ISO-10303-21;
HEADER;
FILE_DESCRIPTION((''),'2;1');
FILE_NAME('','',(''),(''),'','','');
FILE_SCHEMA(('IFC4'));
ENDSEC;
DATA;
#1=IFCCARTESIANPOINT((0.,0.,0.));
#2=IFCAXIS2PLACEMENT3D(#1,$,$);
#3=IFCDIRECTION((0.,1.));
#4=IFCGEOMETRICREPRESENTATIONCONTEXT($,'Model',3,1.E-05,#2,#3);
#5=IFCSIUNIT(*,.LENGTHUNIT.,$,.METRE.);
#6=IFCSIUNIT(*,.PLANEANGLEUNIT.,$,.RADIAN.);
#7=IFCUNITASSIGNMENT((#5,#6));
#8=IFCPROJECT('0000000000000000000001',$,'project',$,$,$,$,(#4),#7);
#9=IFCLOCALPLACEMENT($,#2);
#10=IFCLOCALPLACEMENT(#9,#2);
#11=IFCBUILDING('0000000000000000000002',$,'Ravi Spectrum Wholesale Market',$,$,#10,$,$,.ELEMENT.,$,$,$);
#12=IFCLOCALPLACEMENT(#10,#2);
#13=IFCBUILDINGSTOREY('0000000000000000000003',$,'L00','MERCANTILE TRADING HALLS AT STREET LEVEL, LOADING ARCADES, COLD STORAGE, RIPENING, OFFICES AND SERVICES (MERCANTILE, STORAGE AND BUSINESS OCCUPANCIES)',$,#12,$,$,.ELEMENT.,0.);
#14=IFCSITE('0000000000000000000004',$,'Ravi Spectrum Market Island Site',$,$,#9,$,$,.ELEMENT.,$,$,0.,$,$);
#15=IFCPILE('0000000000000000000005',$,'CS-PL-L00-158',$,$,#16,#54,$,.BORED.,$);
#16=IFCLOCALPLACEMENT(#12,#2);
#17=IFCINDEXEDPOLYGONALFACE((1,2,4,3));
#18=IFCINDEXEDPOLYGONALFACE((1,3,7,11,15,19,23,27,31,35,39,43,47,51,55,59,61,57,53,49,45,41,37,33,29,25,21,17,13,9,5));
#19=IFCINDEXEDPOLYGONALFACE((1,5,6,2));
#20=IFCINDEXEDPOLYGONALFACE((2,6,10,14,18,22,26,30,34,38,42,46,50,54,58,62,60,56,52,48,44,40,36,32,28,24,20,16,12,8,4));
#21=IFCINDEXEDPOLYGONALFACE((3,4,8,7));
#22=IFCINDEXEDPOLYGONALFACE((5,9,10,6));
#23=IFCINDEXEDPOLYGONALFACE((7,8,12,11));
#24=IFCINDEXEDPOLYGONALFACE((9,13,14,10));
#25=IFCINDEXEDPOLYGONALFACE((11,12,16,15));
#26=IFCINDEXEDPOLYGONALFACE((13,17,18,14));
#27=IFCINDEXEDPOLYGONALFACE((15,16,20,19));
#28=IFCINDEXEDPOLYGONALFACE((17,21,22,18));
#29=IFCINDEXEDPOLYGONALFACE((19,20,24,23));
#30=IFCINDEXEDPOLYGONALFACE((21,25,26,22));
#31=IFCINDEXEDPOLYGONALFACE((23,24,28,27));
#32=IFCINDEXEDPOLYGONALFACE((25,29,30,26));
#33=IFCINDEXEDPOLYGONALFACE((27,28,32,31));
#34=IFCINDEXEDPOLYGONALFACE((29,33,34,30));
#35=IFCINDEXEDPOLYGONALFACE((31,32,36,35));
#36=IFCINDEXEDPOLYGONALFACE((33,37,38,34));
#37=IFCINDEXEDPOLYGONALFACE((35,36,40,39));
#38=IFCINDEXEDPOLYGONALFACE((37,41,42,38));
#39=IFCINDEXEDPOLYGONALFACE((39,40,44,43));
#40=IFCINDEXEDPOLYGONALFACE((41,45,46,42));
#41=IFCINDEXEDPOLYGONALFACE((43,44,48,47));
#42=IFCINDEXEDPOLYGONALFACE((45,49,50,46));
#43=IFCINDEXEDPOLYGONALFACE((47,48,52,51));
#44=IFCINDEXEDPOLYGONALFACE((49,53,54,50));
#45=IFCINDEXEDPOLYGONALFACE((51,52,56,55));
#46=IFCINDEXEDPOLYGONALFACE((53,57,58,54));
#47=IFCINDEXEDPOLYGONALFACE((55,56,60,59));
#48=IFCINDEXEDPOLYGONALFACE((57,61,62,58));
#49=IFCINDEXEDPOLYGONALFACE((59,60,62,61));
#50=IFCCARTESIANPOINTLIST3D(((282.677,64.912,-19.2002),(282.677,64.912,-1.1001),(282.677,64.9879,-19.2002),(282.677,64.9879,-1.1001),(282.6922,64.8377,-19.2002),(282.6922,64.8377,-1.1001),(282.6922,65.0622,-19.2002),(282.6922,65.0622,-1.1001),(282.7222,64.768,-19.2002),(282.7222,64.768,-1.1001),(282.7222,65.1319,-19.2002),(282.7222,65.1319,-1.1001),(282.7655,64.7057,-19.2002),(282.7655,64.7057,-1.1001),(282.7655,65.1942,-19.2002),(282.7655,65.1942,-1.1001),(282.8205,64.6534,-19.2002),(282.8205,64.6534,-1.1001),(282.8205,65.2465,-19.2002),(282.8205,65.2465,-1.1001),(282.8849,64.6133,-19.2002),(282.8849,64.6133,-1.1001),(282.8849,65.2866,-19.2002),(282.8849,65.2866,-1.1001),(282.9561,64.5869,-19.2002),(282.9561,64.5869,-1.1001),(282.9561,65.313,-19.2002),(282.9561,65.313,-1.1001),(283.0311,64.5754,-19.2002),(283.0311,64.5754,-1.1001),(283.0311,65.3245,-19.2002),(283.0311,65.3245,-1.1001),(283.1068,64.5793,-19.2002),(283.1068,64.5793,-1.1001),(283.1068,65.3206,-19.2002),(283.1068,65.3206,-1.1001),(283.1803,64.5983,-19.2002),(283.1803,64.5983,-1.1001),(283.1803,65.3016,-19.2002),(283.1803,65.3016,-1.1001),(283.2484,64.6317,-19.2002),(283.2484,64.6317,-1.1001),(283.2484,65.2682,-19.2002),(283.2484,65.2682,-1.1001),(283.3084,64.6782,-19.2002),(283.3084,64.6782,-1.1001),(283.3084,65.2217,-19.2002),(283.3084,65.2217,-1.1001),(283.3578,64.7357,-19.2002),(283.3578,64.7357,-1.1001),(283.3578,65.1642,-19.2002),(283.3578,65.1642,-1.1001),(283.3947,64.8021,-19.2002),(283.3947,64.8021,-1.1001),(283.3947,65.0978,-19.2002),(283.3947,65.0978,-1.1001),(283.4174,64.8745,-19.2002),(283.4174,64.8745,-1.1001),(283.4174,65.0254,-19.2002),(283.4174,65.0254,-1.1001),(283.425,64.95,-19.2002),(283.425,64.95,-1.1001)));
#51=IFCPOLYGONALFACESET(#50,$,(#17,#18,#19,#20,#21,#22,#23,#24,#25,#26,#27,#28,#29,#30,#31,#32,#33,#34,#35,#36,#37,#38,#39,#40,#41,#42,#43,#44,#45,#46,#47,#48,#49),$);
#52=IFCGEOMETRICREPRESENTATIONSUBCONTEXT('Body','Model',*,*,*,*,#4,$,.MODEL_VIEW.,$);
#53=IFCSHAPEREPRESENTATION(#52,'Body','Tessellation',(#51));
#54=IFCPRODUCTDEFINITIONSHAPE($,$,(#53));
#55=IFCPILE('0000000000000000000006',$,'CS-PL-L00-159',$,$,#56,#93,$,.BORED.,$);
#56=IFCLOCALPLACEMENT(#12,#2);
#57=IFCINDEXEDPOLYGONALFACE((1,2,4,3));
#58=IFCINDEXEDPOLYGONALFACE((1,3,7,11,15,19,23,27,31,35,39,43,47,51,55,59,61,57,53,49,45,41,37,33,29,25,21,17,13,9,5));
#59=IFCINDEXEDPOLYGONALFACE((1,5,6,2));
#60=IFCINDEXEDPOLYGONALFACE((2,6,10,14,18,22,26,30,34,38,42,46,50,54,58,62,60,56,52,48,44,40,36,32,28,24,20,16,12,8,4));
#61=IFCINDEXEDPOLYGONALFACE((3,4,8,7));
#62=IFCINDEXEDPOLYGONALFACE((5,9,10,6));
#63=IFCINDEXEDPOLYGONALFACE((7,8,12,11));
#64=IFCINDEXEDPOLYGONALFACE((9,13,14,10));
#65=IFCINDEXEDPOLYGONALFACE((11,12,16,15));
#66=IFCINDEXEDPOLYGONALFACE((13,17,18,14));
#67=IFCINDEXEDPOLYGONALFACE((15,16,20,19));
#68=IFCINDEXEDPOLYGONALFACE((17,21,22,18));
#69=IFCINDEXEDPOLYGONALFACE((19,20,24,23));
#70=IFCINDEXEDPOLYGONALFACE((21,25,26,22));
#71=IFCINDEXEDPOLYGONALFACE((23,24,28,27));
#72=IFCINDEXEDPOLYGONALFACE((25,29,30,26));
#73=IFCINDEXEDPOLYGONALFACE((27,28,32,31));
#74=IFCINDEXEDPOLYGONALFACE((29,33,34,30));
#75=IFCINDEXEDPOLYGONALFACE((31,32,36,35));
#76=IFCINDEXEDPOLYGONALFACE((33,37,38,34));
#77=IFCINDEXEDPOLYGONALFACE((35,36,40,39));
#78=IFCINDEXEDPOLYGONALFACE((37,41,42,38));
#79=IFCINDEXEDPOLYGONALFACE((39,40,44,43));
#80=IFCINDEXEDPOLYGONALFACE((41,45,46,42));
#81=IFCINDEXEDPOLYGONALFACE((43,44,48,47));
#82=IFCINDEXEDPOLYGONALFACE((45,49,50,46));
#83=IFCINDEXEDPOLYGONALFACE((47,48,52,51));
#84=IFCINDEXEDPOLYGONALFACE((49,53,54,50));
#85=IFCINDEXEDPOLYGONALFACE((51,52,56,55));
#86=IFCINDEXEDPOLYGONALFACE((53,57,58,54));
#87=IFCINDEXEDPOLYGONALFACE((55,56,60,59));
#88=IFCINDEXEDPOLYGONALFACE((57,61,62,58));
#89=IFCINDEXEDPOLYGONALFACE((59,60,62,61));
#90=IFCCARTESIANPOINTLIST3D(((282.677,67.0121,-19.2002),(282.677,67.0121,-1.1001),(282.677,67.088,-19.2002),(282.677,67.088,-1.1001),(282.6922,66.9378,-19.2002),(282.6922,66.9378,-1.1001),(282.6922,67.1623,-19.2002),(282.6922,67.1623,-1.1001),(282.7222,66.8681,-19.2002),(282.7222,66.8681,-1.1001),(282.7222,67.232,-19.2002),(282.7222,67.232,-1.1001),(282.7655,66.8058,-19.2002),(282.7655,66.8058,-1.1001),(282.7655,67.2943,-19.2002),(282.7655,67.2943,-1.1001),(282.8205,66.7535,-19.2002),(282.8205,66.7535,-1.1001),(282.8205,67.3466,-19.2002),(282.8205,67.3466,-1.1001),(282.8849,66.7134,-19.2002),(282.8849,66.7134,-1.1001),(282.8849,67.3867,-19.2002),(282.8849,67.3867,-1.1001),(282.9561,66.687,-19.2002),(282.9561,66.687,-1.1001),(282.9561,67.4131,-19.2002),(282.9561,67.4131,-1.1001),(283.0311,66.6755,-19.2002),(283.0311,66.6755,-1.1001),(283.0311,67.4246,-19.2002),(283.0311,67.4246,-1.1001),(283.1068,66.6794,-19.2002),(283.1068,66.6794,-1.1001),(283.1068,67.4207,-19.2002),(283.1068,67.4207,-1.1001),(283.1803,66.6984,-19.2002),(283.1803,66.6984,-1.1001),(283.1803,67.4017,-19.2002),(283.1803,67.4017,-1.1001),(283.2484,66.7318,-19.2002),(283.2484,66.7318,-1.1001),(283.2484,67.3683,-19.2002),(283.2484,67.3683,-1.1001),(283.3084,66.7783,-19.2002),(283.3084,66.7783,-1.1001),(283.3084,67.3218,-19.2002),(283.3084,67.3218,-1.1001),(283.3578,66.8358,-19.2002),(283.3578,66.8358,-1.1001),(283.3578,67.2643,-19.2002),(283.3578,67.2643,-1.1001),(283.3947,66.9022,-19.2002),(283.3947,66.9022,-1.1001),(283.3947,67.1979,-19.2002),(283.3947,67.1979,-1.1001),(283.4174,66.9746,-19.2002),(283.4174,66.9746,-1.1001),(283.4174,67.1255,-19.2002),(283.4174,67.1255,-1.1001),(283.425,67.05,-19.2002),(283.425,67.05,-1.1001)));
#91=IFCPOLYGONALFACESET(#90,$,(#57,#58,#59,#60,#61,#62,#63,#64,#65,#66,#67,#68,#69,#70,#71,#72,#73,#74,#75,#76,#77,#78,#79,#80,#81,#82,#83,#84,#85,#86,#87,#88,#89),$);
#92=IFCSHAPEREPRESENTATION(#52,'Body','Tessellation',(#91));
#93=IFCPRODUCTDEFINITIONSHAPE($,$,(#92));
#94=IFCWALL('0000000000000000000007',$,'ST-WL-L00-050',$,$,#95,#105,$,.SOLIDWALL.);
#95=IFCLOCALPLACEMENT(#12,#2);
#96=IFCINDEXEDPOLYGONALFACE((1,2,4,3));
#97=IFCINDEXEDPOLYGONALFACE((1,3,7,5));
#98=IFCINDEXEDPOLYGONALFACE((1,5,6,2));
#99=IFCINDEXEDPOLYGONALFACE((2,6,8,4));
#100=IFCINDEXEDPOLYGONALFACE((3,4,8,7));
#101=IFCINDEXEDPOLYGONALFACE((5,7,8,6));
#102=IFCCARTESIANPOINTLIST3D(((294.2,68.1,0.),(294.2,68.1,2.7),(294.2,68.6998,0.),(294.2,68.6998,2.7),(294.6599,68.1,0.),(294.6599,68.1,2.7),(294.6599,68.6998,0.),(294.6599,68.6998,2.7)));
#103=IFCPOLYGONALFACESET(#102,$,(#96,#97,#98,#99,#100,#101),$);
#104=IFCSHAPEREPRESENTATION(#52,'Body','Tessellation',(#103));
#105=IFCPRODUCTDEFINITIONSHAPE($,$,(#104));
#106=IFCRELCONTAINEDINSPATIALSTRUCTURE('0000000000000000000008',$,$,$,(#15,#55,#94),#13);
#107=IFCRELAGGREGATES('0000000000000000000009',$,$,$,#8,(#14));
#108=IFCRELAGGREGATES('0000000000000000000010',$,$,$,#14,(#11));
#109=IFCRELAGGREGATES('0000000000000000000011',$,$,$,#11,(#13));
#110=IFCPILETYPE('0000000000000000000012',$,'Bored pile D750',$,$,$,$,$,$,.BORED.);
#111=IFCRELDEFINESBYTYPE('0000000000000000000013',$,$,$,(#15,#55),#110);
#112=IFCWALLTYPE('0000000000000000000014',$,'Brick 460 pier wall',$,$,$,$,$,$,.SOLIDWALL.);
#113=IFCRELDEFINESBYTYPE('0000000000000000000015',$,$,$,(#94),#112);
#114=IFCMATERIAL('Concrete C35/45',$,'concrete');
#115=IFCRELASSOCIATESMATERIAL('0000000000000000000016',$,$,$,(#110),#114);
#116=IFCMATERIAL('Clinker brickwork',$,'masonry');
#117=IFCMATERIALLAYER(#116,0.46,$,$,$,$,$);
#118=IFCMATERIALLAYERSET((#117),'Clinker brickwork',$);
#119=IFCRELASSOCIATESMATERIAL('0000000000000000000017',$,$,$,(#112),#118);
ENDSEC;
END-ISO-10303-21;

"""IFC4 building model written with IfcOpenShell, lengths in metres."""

from ifc_helpers import new_model, si_unit, direction, frame, frame_2d, origin, origin_2d, place, context, subcontext, project, spatial, rectangle, circle, extrude, material, layer, layer_set, material_profile, profile_set, type_object, element, save


model = new_model("IFC4")

# Units and contexts
model_context = context("Model", 3, precision=1e-05, world=origin(), true_north=direction((0.0, 1.0)))
body_context = subcontext(model_context, "Body", "Model", "MODEL_VIEW")
ifc_project = project(units=[si_unit("LENGTHUNIT", "METRE"), si_unit("PLANEANGLEUNIT", "RADIAN")], contexts=[model_context])

# Site, building, storey
site_placement = place(None, origin())
site = spatial("IfcSite", under=ifc_project, at=site_placement, Name="Ravi Spectrum Market Island Site", CompositionType="ELEMENT", RefElevation=0.0)
building_placement = place(site_placement, origin())
building = spatial("IfcBuilding", under=site, at=building_placement, Name="Ravi Spectrum Wholesale Market", CompositionType="ELEMENT")
storey_placement = place(building_placement, origin())
storey = spatial("IfcBuildingStorey", under=building, at=storey_placement, Name="L00", Description="MERCANTILE TRADING HALLS AT STREET LEVEL, LOADING ARCADES, COLD STORAGE, RIPENING, OFFICES AND SERVICES (MERCANTILE, STORAGE AND BUSINESS OCCUPANCIES)", CompositionType="ELEMENT", Elevation=0.0)

# Piles
ifc_material_1 = material(Name="Concrete C35/45", Category="concrete")
ifc_material_profile = material_profile(ifc_material_1, circle(Radius=0.375, at=origin_2d()))
ifc_profile_set = profile_set([ifc_material_profile], Name="Concrete C35/45")
pile_type = type_object("IfcPileType", Name="Bored pile D750", PredefinedType="BORED", material=ifc_profile_set)
for number, where, z_axis, x_axis, name in (
    (1, (283.05, 64.95, -1.1001), (0.0, 0.0, -1.0), (1.0, 0.0, 0.0), "CS-PL-L00-158"),
    (2, (283.05, 67.05, -1.1001), (0.0, 0.0, -1.0), (1.0, 0.0, 0.0), "CS-PL-L00-159"),
):
    element("IfcPile", number, at=place(storey_placement, frame(where, z_axis=z_axis, x_axis=x_axis)), inside=storey, type_object=pile_type, Name=name, PredefinedType="BORED", context=body_context, shape_type="SweptSolid", body=[
        extrude(circle(Radius=0.375, at=origin_2d()), origin(), (0.0, 0.0, 1.0), 18.1001),
    ])

# Wall
ifc_material_2 = material(Name="Clinker brickwork", Category="masonry")
ifc_layer = layer(ifc_material_2, 0.46)
ifc_layer_set = layer_set([ifc_layer], Name="Clinker brickwork")
wall_type = type_object("IfcWallType", Name="Brick 460 pier wall", PredefinedType="SOLIDWALL", material=ifc_layer_set)
wall_placement = place(storey_placement, frame((294.4299, 68.1001, 0.0), z_axis=(0.0, 0.0, 1.0), x_axis=(0.0, 1.0, 0.0)))
element("IfcWall", 3, at=wall_placement, inside=storey, type_object=wall_type, Name="ST-WL-L00-050", PredefinedType="SOLIDWALL", context=body_context, shape_type="SweptSolid", body=[
    extrude(rectangle(XDim=0.5999, YDim=0.46, at=frame_2d((0.2998, 0.0))), origin(), (0.0, 0.0, 1.0), 2.7),
])

save(model, "model.ifc")
